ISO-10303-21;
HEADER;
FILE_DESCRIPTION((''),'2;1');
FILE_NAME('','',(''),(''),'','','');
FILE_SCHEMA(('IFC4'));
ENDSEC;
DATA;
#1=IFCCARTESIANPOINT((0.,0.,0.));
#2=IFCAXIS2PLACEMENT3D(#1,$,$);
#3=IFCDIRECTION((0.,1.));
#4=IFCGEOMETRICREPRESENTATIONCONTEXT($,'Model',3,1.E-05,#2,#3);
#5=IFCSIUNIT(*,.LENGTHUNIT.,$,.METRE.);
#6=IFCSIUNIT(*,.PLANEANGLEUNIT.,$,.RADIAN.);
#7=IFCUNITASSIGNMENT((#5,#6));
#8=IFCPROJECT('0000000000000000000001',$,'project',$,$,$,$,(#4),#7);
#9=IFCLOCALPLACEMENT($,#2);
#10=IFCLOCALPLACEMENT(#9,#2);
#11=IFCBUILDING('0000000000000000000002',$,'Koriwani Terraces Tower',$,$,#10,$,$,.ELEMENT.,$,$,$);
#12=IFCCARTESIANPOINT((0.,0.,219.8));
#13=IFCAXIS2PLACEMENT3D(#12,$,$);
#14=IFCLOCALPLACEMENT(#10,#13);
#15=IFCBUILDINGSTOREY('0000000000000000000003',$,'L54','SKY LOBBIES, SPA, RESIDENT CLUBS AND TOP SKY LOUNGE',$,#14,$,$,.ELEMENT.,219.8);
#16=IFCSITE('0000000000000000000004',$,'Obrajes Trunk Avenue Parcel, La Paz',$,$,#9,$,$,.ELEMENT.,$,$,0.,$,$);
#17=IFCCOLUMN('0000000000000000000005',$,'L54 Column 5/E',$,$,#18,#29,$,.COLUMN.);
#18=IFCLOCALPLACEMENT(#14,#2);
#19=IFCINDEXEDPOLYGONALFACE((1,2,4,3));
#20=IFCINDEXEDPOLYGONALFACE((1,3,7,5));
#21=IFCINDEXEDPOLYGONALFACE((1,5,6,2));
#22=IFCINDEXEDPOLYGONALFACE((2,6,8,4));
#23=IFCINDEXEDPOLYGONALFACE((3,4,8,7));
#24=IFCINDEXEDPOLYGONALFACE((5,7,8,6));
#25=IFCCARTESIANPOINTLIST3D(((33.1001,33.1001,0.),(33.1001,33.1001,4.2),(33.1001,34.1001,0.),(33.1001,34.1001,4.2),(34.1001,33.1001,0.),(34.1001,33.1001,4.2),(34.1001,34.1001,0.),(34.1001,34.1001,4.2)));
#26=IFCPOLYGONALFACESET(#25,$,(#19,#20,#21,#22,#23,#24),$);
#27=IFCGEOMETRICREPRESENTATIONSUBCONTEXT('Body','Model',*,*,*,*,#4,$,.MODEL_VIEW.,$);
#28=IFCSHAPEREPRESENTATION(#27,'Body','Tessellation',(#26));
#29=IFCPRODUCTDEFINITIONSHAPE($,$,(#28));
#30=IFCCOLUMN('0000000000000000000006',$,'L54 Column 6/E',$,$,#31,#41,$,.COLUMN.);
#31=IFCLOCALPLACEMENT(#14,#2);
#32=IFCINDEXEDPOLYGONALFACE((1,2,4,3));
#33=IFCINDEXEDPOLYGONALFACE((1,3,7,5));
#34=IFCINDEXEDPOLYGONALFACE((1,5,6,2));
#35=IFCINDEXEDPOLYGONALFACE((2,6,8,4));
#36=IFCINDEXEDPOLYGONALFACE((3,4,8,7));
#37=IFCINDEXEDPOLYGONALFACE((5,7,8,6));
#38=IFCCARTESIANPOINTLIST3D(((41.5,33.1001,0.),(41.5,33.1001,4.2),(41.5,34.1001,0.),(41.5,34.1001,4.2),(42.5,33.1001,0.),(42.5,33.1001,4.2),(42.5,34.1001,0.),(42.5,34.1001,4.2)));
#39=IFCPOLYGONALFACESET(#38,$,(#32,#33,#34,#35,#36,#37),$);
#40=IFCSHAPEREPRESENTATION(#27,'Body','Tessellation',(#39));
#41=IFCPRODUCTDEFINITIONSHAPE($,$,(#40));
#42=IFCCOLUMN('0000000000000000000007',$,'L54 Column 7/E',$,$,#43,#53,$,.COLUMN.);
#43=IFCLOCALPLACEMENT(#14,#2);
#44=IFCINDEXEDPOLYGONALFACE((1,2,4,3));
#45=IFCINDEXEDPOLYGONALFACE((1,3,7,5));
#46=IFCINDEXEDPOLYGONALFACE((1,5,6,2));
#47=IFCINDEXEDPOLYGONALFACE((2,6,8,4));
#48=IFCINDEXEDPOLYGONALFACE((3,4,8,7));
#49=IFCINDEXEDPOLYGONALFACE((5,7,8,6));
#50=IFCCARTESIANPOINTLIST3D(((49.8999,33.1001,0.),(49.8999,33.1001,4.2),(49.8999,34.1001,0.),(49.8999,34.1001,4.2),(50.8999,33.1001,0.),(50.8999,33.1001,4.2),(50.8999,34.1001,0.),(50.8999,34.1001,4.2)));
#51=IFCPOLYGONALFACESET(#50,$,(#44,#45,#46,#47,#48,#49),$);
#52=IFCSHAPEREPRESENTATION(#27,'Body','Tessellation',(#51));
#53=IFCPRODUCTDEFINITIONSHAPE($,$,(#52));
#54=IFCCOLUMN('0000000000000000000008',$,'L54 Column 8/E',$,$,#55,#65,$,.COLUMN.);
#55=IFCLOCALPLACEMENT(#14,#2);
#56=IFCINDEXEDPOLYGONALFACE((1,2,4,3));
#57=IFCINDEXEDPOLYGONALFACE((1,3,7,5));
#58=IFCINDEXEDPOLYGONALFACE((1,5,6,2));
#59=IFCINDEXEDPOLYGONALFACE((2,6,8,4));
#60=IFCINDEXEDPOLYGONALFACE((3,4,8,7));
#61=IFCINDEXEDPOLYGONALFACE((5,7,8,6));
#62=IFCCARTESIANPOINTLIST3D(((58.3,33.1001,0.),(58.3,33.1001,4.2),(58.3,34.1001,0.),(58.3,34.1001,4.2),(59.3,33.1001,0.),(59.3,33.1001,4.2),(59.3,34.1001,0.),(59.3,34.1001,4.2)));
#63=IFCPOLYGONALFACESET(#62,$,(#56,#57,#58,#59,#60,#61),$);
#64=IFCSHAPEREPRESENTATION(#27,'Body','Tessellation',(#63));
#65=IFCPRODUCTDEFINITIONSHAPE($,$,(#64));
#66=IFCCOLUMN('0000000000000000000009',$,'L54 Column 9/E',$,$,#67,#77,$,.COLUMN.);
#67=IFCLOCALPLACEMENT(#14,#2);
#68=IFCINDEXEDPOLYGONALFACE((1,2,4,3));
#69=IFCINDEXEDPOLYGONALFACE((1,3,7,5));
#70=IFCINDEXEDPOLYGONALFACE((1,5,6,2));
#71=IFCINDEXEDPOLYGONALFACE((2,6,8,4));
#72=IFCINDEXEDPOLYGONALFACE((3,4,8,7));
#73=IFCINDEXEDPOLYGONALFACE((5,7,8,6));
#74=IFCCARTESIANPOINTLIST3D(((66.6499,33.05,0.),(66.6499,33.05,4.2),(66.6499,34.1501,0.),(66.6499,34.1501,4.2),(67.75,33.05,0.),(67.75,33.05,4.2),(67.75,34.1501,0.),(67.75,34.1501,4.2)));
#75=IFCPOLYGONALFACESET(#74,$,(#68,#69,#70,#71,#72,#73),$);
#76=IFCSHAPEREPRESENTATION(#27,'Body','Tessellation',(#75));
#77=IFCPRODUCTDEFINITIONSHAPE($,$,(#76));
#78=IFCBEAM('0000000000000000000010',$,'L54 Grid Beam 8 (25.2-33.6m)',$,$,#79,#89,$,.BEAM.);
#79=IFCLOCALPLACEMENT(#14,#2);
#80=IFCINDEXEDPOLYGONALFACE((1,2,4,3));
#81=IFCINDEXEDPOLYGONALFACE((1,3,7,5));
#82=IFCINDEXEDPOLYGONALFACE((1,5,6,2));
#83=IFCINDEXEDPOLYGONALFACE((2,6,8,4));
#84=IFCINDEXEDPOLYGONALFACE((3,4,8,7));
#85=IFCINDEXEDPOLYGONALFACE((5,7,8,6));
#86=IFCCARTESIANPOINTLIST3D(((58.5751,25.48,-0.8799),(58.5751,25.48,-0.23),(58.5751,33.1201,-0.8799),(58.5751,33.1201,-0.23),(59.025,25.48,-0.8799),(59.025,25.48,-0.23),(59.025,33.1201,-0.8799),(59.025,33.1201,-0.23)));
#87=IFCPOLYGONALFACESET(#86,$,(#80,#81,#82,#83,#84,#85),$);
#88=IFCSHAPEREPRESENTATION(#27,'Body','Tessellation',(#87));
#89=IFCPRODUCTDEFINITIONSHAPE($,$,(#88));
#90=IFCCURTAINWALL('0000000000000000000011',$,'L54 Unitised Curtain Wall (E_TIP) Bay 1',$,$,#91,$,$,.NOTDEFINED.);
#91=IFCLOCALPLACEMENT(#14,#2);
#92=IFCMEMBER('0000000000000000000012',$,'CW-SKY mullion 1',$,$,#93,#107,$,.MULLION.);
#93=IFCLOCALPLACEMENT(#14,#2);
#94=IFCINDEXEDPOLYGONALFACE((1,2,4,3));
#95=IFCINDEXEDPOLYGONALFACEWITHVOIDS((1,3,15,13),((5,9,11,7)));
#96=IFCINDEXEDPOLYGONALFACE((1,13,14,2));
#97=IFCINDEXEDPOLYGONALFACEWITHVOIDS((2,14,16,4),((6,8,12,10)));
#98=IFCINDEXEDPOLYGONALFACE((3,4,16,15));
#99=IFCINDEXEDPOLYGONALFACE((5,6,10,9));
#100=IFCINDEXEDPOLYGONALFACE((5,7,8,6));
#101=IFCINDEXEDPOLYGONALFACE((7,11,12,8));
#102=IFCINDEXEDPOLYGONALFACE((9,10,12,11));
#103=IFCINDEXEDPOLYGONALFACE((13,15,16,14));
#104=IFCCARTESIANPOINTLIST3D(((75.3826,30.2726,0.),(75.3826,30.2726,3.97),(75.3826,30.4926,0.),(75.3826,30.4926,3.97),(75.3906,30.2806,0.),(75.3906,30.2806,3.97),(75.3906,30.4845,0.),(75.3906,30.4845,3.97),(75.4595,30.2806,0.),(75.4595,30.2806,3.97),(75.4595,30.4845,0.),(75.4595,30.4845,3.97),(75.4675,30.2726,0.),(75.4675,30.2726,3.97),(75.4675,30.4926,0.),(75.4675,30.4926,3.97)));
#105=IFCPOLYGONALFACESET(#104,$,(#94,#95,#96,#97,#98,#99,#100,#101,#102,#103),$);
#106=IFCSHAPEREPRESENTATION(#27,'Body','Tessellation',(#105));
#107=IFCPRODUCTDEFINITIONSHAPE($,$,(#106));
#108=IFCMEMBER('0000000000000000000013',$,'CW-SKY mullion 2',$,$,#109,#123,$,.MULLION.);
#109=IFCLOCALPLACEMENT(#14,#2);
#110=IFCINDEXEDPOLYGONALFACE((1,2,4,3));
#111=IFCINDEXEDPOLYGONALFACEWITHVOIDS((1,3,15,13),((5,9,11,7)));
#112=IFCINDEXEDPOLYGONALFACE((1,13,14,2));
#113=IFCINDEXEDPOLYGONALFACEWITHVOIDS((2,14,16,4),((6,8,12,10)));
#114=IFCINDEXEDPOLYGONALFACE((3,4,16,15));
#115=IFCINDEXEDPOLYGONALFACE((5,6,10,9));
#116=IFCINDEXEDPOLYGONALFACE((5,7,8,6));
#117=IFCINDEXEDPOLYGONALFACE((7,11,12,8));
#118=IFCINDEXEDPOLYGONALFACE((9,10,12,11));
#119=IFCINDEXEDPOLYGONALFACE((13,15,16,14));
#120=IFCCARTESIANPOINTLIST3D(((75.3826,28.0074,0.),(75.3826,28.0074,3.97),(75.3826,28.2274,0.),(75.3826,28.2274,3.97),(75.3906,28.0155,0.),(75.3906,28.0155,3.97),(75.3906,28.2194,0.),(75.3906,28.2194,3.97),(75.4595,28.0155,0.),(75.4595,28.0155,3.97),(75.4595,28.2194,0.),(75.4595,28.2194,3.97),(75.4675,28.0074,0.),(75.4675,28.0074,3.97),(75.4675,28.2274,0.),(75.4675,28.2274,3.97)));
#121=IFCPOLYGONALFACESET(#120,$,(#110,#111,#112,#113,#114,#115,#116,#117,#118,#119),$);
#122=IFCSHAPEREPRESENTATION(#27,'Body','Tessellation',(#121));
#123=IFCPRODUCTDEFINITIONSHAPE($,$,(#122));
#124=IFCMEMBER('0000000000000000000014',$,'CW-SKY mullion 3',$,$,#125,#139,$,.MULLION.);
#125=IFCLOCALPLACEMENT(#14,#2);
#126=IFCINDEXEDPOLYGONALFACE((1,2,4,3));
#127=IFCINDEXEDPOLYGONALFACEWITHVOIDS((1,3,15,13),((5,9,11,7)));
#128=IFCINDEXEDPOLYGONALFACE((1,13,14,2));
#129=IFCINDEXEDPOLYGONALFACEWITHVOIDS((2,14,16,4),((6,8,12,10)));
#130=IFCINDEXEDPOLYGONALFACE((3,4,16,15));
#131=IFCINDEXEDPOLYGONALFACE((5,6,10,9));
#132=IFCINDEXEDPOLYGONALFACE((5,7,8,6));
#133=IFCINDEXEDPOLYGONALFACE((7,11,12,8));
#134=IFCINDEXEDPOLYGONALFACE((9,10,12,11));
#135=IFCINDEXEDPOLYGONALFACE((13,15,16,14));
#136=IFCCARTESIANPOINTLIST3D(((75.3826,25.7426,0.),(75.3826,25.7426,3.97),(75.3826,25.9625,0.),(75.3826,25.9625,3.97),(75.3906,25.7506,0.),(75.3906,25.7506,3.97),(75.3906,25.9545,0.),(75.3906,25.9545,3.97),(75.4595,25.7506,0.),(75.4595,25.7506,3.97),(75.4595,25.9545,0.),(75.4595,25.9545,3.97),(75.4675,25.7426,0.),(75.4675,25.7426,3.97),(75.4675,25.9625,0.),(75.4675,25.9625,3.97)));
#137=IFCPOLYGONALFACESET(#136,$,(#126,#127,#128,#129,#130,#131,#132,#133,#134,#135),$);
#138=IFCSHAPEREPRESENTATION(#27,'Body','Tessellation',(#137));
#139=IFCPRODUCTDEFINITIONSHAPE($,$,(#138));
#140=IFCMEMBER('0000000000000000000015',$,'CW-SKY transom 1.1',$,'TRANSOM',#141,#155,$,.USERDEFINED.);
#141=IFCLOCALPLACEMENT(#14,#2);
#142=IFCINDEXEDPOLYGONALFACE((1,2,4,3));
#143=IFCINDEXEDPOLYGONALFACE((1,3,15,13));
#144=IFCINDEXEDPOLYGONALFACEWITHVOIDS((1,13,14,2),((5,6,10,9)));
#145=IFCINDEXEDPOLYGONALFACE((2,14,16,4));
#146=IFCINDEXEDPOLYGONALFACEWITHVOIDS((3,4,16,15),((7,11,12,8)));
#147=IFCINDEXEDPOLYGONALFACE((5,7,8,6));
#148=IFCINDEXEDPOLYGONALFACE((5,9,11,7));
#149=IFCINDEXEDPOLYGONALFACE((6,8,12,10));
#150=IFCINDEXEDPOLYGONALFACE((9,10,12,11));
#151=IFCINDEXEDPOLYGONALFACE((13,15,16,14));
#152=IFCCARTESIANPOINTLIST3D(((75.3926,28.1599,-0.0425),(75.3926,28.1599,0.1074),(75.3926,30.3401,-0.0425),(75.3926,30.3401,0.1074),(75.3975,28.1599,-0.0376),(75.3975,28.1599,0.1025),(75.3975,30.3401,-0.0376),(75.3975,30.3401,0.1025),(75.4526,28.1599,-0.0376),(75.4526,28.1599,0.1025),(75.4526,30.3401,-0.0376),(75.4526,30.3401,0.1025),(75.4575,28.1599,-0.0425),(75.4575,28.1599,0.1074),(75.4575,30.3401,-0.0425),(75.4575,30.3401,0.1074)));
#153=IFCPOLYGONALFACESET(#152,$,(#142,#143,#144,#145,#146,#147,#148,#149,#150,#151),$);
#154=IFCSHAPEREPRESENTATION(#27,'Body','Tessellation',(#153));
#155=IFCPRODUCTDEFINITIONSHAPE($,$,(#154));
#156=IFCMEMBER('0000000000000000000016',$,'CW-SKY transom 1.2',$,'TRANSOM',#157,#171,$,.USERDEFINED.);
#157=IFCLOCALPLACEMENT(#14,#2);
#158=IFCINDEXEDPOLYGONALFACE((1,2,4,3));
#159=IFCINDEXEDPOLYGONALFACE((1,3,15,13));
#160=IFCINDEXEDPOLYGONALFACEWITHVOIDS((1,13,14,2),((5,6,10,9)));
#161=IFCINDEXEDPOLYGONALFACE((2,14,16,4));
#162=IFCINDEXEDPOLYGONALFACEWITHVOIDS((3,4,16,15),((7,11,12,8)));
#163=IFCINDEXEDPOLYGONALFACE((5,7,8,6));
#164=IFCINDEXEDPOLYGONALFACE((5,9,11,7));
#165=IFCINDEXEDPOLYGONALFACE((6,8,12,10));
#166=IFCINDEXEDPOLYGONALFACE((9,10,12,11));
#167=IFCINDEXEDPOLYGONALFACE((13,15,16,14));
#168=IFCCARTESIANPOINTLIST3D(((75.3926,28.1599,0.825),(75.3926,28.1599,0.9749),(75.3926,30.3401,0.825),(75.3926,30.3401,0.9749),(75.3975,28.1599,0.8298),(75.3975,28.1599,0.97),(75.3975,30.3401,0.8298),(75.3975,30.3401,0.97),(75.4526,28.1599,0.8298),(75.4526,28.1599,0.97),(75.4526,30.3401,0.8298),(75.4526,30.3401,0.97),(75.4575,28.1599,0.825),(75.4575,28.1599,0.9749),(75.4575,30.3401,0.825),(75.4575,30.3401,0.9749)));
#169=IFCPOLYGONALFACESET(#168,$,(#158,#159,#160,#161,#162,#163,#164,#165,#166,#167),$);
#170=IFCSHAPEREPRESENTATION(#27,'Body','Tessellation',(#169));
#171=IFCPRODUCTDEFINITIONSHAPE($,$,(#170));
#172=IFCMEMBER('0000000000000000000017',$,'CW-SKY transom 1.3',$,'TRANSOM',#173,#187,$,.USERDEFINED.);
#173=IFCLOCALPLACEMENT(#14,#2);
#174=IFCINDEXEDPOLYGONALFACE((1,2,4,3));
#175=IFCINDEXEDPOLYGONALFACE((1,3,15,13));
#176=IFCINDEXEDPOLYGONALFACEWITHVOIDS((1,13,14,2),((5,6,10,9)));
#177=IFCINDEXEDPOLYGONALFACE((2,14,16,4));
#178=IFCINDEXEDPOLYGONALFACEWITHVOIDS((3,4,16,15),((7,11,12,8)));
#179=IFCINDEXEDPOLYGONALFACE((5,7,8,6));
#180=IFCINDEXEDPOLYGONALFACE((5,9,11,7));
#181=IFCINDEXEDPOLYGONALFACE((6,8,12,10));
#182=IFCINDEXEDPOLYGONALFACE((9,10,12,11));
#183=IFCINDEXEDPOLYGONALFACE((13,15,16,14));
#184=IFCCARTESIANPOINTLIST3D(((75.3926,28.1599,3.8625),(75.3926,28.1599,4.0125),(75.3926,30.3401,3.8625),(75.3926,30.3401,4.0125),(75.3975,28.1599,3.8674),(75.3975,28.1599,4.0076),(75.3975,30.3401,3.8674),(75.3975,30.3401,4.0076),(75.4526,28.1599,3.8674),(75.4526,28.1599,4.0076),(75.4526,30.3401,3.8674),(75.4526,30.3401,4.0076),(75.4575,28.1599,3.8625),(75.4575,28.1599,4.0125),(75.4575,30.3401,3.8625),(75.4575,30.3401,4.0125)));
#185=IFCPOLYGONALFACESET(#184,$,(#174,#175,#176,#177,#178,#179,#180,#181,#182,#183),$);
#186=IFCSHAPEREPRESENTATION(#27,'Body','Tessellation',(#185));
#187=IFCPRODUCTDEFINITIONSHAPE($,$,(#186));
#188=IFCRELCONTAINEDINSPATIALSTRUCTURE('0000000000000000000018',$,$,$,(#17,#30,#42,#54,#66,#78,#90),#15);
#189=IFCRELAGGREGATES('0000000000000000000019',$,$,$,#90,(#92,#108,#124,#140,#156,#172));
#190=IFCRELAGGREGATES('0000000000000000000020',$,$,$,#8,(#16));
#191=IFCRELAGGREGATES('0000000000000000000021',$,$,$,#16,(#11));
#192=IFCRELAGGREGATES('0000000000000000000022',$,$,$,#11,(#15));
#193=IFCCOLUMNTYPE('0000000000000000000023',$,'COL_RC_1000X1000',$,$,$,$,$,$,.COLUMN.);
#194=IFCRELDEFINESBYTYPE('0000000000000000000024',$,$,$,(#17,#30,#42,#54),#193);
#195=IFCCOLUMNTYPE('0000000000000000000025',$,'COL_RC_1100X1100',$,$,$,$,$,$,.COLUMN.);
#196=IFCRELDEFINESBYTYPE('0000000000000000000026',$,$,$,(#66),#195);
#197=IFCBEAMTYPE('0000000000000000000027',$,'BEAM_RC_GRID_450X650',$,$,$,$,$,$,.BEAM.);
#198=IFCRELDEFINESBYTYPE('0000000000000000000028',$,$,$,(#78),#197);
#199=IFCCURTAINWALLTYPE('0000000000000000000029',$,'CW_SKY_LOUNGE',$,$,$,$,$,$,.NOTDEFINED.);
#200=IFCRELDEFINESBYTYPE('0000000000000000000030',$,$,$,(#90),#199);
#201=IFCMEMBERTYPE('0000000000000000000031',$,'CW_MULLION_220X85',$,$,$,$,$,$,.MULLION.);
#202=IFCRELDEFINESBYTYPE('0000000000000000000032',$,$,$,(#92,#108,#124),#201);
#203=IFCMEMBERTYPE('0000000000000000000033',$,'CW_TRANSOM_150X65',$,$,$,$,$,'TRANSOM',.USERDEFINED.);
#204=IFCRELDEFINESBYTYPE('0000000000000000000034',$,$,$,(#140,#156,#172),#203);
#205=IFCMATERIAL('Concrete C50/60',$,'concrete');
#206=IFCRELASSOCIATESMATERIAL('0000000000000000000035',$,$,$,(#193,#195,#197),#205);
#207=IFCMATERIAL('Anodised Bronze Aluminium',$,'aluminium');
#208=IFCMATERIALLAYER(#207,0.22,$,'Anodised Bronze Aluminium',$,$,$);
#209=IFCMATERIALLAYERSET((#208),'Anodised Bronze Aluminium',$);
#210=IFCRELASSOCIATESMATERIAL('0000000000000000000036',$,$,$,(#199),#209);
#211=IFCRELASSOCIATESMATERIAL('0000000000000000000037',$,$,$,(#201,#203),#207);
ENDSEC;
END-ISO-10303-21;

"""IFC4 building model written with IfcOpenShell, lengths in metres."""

from ifc_helpers import new_model, si_unit, direction, frame, origin, origin_2d, place, context, subcontext, project, spatial, rectangle, hollow_rectangle, extrude, material, layer, layer_set, material_profile, profile_set, type_object, element, aggregate, save


model = new_model("IFC4")

# Units and contexts
model_context = context("Model", 3, precision=1e-05, world=origin(), true_north=direction((0.0, 1.0)))
body_context = subcontext(model_context, "Body", "Model", "MODEL_VIEW")
ifc_project = project(units=[si_unit("LENGTHUNIT", "METRE"), si_unit("PLANEANGLEUNIT", "RADIAN")], contexts=[model_context])

# Site, building, storey
site_placement = place(None, origin())
site = spatial("IfcSite", under=ifc_project, at=site_placement, Name="Obrajes Trunk Avenue Parcel, La Paz", CompositionType="ELEMENT", RefElevation=0.0)
building_placement = place(site_placement, origin())
building = spatial("IfcBuilding", under=site, at=building_placement, Name="Koriwani Terraces Tower", CompositionType="ELEMENT")
storey_placement = place(building_placement, frame((0.0, 0.0, 219.8)))
storey = spatial("IfcBuildingStorey", under=building, at=storey_placement, Name="L54", Description="SKY LOBBIES, SPA, RESIDENT CLUBS AND TOP SKY LOUNGE", CompositionType="ELEMENT", Elevation=219.8)

# Columns
ifc_material_1 = material(Name="Concrete C50/60", Category="concrete")
ifc_material_profile_1 = material_profile(ifc_material_1, rectangle(XDim=1.0, YDim=1.0, at=origin_2d()), Name="Concrete C50/60", Category="LoadBearing")
ifc_profile_set_1 = profile_set([ifc_material_profile_1], Name="Concrete C50/60")
column_type_1 = type_object("IfcColumnType", Name="COL_RC_1000X1000", PredefinedType="COLUMN", material=ifc_profile_set_1)
for number, where, z_axis, x_axis, name in (
    (1, (33.6001, 33.6001, 0.0), (0.0, 0.0, 1.0), (1.0, 0.0, 0.0), "L54 Column 5/E"),
    (2, (42.0, 33.6001, 0.0), (0.0, 0.0, 1.0), (1.0, 0.0, 0.0), "L54 Column 6/E"),
    (3, (50.3999, 33.6001, 0.0), (0.0, 0.0, 1.0), (1.0, 0.0, 0.0), "L54 Column 7/E"),
    (4, (58.8, 33.6001, 0.0), (0.0, 0.0, 1.0), (1.0, 0.0, 0.0), "L54 Column 8/E"),
):
    element("IfcColumn", number, at=place(storey_placement, frame(where, z_axis=z_axis, x_axis=x_axis)), inside=storey, type_object=column_type_1, Name=name, PredefinedType="COLUMN", context=body_context, shape_type="SweptSolid", body=[
        extrude(rectangle(XDim=1.0, YDim=1.0, at=origin_2d()), origin(), (0.0, 0.0, 1.0), 4.2),
    ])
ifc_material_profile_2 = material_profile(ifc_material_1, rectangle(XDim=1.1001, YDim=1.1001, at=origin_2d()), Name="Concrete C50/60", Category="LoadBearing")
ifc_profile_set_2 = profile_set([ifc_material_profile_2], Name="Concrete C50/60")
column_type_2 = type_object("IfcColumnType", Name="COL_RC_1100X1100", PredefinedType="COLUMN", material=ifc_profile_set_2)
column_placement = place(storey_placement, frame((67.2, 33.6001, 0.0), z_axis=(0.0, 0.0, 1.0), x_axis=(1.0, 0.0, 0.0)))
element("IfcColumn", 5, at=column_placement, inside=storey, type_object=column_type_2, Name="L54 Column 9/E", PredefinedType="COLUMN", context=body_context, shape_type="SweptSolid", body=[
    extrude(rectangle(XDim=1.1001, YDim=1.1001, at=origin_2d()), origin(), (0.0, 0.0, 1.0), 4.2),
])

# Beam
ifc_material_profile_3 = material_profile(ifc_material_1, rectangle(XDim=0.45, YDim=0.6499, at=origin_2d()), Name="Concrete C50/60", Category="LoadBearing")
ifc_profile_set_3 = profile_set([ifc_material_profile_3], Name="Concrete C50/60")
beam_type_1 = type_object("IfcBeamType", Name="BEAM_RC_GRID_450X650", PredefinedType="BEAM", material=ifc_profile_set_3)
beam_1_placement = place(storey_placement, frame((58.8, 25.48, -0.5549), z_axis=(0.0, 1.0, 0.0), x_axis=(-1.0, 0.0, 0.0)))
element("IfcBeam", 6, at=beam_1_placement, inside=storey, type_object=beam_type_1, Name="L54 Grid Beam 8 (25.2-33.6m)", PredefinedType="BEAM", context=body_context, shape_type="SweptSolid", body=[
    extrude(rectangle(XDim=0.45, YDim=0.6499, at=origin_2d()), origin(), (0.0, 0.0, 1.0), 7.6401),
])

# Curtain wall, members
ifc_material_2 = material(Name="Anodised Bronze Aluminium", Category="aluminium")
ifc_layer_1 = layer(ifc_material_2, 0.22, Name="Anodised Bronze Aluminium")
ifc_layer_set_1 = layer_set([ifc_layer_1], Name="Anodised Bronze Aluminium")
curtain_wall_type = type_object("IfcCurtainWallType", Name="CW_SKY_LOUNGE", PredefinedType="NOTDEFINED", material=ifc_layer_set_1)
curtain_wall_placement = place(storey_placement, origin())
curtain_wall = element("IfcCurtainWall", 7, at=curtain_wall_placement, inside=storey, type_object=curtain_wall_type, Name="L54 Unitised Curtain Wall (E_TIP) Bay 1", PredefinedType="NOTDEFINED")
ifc_material_profile_4 = material_profile(ifc_material_2, hollow_rectangle(XDim=0.085, YDim=0.22, WallThickness=0.0081, at=origin_2d()), Name="Anodised Bronze Aluminium", Category="LoadBearing")
ifc_profile_set_4 = profile_set([ifc_material_profile_4], Name="Anodised Bronze Aluminium")
member_type_1 = type_object("IfcMemberType", Name="CW_MULLION_220X85", PredefinedType="MULLION", material=ifc_profile_set_4)
member_1_placement = place(storey_placement, frame((75.425, 30.3826, 0.0), z_axis=(0.0, 0.0, 1.0), x_axis=(1.0, 0.0, 0.0)))
member_1 = element("IfcMember", 8, at=member_1_placement, type_object=member_type_1, Name="CW-SKY mullion 1", PredefinedType="MULLION", context=body_context, shape_type="SweptSolid", body=[
    extrude(hollow_rectangle(XDim=0.085, YDim=0.22, WallThickness=0.0081, at=origin_2d()), origin(), (0.0, 0.0, 1.0), 3.97),
])
member_2_placement = place(storey_placement, frame((75.425, 28.1174, 0.0), z_axis=(0.0, 0.0, 1.0), x_axis=(1.0, 0.0, 0.0)))
member_2 = element("IfcMember", 9, at=member_2_placement, type_object=member_type_1, Name="CW-SKY mullion 2", PredefinedType="MULLION", context=body_context, shape_type="SweptSolid", body=[
    extrude(hollow_rectangle(XDim=0.085, YDim=0.22, WallThickness=0.0081, at=origin_2d()), origin(), (0.0, 0.0, 1.0), 3.97),
])
member_3_placement = place(storey_placement, frame((75.425, 25.8525, 0.0), z_axis=(0.0, 0.0, 1.0), x_axis=(1.0, 0.0, 0.0)))
member_3 = element("IfcMember", 10, at=member_3_placement, type_object=member_type_1, Name="CW-SKY mullion 3", PredefinedType="MULLION", context=body_context, shape_type="SweptSolid", body=[
    extrude(hollow_rectangle(XDim=0.085, YDim=0.22, WallThickness=0.0081, at=origin_2d()), origin(), (0.0, 0.0, 1.0), 3.97),
])
ifc_material_profile_5 = material_profile(ifc_material_2, hollow_rectangle(XDim=0.0649, YDim=0.1499, WallThickness=0.0049, at=origin_2d()), Name="Anodised Bronze Aluminium", Category="LoadBearing")
ifc_profile_set_5 = profile_set([ifc_material_profile_5], Name="Anodised Bronze Aluminium")
member_type_2 = type_object("IfcMemberType", Name="CW_TRANSOM_150X65", ElementType="TRANSOM", PredefinedType="USERDEFINED", material=ifc_profile_set_5)
member_4_placement = place(storey_placement, frame((75.425, 30.3401, 0.0325), z_axis=(0.0, -1.0, 0.0), x_axis=(1.0, 0.0, 0.0)))
member_4 = element("IfcMember", 11, at=member_4_placement, type_object=member_type_2, Name="CW-SKY transom 1.1", ObjectType="TRANSOM", PredefinedType="USERDEFINED", context=body_context, shape_type="SweptSolid", body=[
    extrude(hollow_rectangle(XDim=0.0649, YDim=0.1499, WallThickness=0.0049, at=origin_2d()), origin(), (0.0, 0.0, 1.0), 2.1802),
])
member_5_placement = place(storey_placement, frame((75.425, 30.3401, 0.8999), z_axis=(0.0, -1.0, 0.0), x_axis=(1.0, 0.0, 0.0)))
member_5 = element("IfcMember", 12, at=member_5_placement, type_object=member_type_2, Name="CW-SKY transom 1.2", ObjectType="TRANSOM", PredefinedType="USERDEFINED", context=body_context, shape_type="SweptSolid", body=[
    extrude(hollow_rectangle(XDim=0.0649, YDim=0.1499, WallThickness=0.0049, at=origin_2d()), origin(), (0.0, 0.0, 1.0), 2.1802),
])
member_6_placement = place(storey_placement, frame((75.425, 30.3401, 3.9375), z_axis=(0.0, -1.0, 0.0), x_axis=(1.0, 0.0, 0.0)))
member_6 = element("IfcMember", 13, at=member_6_placement, type_object=member_type_2, Name="CW-SKY transom 1.3", ObjectType="TRANSOM", PredefinedType="USERDEFINED", context=body_context, shape_type="SweptSolid", body=[
    extrude(hollow_rectangle(XDim=0.0649, YDim=0.1499, WallThickness=0.0049, at=origin_2d()), origin(), (0.0, 0.0, 1.0), 2.1802),
])

aggregate(curtain_wall, [member_1, member_2, member_3, member_4, member_5, member_6])

save(model, "model.ifc")
